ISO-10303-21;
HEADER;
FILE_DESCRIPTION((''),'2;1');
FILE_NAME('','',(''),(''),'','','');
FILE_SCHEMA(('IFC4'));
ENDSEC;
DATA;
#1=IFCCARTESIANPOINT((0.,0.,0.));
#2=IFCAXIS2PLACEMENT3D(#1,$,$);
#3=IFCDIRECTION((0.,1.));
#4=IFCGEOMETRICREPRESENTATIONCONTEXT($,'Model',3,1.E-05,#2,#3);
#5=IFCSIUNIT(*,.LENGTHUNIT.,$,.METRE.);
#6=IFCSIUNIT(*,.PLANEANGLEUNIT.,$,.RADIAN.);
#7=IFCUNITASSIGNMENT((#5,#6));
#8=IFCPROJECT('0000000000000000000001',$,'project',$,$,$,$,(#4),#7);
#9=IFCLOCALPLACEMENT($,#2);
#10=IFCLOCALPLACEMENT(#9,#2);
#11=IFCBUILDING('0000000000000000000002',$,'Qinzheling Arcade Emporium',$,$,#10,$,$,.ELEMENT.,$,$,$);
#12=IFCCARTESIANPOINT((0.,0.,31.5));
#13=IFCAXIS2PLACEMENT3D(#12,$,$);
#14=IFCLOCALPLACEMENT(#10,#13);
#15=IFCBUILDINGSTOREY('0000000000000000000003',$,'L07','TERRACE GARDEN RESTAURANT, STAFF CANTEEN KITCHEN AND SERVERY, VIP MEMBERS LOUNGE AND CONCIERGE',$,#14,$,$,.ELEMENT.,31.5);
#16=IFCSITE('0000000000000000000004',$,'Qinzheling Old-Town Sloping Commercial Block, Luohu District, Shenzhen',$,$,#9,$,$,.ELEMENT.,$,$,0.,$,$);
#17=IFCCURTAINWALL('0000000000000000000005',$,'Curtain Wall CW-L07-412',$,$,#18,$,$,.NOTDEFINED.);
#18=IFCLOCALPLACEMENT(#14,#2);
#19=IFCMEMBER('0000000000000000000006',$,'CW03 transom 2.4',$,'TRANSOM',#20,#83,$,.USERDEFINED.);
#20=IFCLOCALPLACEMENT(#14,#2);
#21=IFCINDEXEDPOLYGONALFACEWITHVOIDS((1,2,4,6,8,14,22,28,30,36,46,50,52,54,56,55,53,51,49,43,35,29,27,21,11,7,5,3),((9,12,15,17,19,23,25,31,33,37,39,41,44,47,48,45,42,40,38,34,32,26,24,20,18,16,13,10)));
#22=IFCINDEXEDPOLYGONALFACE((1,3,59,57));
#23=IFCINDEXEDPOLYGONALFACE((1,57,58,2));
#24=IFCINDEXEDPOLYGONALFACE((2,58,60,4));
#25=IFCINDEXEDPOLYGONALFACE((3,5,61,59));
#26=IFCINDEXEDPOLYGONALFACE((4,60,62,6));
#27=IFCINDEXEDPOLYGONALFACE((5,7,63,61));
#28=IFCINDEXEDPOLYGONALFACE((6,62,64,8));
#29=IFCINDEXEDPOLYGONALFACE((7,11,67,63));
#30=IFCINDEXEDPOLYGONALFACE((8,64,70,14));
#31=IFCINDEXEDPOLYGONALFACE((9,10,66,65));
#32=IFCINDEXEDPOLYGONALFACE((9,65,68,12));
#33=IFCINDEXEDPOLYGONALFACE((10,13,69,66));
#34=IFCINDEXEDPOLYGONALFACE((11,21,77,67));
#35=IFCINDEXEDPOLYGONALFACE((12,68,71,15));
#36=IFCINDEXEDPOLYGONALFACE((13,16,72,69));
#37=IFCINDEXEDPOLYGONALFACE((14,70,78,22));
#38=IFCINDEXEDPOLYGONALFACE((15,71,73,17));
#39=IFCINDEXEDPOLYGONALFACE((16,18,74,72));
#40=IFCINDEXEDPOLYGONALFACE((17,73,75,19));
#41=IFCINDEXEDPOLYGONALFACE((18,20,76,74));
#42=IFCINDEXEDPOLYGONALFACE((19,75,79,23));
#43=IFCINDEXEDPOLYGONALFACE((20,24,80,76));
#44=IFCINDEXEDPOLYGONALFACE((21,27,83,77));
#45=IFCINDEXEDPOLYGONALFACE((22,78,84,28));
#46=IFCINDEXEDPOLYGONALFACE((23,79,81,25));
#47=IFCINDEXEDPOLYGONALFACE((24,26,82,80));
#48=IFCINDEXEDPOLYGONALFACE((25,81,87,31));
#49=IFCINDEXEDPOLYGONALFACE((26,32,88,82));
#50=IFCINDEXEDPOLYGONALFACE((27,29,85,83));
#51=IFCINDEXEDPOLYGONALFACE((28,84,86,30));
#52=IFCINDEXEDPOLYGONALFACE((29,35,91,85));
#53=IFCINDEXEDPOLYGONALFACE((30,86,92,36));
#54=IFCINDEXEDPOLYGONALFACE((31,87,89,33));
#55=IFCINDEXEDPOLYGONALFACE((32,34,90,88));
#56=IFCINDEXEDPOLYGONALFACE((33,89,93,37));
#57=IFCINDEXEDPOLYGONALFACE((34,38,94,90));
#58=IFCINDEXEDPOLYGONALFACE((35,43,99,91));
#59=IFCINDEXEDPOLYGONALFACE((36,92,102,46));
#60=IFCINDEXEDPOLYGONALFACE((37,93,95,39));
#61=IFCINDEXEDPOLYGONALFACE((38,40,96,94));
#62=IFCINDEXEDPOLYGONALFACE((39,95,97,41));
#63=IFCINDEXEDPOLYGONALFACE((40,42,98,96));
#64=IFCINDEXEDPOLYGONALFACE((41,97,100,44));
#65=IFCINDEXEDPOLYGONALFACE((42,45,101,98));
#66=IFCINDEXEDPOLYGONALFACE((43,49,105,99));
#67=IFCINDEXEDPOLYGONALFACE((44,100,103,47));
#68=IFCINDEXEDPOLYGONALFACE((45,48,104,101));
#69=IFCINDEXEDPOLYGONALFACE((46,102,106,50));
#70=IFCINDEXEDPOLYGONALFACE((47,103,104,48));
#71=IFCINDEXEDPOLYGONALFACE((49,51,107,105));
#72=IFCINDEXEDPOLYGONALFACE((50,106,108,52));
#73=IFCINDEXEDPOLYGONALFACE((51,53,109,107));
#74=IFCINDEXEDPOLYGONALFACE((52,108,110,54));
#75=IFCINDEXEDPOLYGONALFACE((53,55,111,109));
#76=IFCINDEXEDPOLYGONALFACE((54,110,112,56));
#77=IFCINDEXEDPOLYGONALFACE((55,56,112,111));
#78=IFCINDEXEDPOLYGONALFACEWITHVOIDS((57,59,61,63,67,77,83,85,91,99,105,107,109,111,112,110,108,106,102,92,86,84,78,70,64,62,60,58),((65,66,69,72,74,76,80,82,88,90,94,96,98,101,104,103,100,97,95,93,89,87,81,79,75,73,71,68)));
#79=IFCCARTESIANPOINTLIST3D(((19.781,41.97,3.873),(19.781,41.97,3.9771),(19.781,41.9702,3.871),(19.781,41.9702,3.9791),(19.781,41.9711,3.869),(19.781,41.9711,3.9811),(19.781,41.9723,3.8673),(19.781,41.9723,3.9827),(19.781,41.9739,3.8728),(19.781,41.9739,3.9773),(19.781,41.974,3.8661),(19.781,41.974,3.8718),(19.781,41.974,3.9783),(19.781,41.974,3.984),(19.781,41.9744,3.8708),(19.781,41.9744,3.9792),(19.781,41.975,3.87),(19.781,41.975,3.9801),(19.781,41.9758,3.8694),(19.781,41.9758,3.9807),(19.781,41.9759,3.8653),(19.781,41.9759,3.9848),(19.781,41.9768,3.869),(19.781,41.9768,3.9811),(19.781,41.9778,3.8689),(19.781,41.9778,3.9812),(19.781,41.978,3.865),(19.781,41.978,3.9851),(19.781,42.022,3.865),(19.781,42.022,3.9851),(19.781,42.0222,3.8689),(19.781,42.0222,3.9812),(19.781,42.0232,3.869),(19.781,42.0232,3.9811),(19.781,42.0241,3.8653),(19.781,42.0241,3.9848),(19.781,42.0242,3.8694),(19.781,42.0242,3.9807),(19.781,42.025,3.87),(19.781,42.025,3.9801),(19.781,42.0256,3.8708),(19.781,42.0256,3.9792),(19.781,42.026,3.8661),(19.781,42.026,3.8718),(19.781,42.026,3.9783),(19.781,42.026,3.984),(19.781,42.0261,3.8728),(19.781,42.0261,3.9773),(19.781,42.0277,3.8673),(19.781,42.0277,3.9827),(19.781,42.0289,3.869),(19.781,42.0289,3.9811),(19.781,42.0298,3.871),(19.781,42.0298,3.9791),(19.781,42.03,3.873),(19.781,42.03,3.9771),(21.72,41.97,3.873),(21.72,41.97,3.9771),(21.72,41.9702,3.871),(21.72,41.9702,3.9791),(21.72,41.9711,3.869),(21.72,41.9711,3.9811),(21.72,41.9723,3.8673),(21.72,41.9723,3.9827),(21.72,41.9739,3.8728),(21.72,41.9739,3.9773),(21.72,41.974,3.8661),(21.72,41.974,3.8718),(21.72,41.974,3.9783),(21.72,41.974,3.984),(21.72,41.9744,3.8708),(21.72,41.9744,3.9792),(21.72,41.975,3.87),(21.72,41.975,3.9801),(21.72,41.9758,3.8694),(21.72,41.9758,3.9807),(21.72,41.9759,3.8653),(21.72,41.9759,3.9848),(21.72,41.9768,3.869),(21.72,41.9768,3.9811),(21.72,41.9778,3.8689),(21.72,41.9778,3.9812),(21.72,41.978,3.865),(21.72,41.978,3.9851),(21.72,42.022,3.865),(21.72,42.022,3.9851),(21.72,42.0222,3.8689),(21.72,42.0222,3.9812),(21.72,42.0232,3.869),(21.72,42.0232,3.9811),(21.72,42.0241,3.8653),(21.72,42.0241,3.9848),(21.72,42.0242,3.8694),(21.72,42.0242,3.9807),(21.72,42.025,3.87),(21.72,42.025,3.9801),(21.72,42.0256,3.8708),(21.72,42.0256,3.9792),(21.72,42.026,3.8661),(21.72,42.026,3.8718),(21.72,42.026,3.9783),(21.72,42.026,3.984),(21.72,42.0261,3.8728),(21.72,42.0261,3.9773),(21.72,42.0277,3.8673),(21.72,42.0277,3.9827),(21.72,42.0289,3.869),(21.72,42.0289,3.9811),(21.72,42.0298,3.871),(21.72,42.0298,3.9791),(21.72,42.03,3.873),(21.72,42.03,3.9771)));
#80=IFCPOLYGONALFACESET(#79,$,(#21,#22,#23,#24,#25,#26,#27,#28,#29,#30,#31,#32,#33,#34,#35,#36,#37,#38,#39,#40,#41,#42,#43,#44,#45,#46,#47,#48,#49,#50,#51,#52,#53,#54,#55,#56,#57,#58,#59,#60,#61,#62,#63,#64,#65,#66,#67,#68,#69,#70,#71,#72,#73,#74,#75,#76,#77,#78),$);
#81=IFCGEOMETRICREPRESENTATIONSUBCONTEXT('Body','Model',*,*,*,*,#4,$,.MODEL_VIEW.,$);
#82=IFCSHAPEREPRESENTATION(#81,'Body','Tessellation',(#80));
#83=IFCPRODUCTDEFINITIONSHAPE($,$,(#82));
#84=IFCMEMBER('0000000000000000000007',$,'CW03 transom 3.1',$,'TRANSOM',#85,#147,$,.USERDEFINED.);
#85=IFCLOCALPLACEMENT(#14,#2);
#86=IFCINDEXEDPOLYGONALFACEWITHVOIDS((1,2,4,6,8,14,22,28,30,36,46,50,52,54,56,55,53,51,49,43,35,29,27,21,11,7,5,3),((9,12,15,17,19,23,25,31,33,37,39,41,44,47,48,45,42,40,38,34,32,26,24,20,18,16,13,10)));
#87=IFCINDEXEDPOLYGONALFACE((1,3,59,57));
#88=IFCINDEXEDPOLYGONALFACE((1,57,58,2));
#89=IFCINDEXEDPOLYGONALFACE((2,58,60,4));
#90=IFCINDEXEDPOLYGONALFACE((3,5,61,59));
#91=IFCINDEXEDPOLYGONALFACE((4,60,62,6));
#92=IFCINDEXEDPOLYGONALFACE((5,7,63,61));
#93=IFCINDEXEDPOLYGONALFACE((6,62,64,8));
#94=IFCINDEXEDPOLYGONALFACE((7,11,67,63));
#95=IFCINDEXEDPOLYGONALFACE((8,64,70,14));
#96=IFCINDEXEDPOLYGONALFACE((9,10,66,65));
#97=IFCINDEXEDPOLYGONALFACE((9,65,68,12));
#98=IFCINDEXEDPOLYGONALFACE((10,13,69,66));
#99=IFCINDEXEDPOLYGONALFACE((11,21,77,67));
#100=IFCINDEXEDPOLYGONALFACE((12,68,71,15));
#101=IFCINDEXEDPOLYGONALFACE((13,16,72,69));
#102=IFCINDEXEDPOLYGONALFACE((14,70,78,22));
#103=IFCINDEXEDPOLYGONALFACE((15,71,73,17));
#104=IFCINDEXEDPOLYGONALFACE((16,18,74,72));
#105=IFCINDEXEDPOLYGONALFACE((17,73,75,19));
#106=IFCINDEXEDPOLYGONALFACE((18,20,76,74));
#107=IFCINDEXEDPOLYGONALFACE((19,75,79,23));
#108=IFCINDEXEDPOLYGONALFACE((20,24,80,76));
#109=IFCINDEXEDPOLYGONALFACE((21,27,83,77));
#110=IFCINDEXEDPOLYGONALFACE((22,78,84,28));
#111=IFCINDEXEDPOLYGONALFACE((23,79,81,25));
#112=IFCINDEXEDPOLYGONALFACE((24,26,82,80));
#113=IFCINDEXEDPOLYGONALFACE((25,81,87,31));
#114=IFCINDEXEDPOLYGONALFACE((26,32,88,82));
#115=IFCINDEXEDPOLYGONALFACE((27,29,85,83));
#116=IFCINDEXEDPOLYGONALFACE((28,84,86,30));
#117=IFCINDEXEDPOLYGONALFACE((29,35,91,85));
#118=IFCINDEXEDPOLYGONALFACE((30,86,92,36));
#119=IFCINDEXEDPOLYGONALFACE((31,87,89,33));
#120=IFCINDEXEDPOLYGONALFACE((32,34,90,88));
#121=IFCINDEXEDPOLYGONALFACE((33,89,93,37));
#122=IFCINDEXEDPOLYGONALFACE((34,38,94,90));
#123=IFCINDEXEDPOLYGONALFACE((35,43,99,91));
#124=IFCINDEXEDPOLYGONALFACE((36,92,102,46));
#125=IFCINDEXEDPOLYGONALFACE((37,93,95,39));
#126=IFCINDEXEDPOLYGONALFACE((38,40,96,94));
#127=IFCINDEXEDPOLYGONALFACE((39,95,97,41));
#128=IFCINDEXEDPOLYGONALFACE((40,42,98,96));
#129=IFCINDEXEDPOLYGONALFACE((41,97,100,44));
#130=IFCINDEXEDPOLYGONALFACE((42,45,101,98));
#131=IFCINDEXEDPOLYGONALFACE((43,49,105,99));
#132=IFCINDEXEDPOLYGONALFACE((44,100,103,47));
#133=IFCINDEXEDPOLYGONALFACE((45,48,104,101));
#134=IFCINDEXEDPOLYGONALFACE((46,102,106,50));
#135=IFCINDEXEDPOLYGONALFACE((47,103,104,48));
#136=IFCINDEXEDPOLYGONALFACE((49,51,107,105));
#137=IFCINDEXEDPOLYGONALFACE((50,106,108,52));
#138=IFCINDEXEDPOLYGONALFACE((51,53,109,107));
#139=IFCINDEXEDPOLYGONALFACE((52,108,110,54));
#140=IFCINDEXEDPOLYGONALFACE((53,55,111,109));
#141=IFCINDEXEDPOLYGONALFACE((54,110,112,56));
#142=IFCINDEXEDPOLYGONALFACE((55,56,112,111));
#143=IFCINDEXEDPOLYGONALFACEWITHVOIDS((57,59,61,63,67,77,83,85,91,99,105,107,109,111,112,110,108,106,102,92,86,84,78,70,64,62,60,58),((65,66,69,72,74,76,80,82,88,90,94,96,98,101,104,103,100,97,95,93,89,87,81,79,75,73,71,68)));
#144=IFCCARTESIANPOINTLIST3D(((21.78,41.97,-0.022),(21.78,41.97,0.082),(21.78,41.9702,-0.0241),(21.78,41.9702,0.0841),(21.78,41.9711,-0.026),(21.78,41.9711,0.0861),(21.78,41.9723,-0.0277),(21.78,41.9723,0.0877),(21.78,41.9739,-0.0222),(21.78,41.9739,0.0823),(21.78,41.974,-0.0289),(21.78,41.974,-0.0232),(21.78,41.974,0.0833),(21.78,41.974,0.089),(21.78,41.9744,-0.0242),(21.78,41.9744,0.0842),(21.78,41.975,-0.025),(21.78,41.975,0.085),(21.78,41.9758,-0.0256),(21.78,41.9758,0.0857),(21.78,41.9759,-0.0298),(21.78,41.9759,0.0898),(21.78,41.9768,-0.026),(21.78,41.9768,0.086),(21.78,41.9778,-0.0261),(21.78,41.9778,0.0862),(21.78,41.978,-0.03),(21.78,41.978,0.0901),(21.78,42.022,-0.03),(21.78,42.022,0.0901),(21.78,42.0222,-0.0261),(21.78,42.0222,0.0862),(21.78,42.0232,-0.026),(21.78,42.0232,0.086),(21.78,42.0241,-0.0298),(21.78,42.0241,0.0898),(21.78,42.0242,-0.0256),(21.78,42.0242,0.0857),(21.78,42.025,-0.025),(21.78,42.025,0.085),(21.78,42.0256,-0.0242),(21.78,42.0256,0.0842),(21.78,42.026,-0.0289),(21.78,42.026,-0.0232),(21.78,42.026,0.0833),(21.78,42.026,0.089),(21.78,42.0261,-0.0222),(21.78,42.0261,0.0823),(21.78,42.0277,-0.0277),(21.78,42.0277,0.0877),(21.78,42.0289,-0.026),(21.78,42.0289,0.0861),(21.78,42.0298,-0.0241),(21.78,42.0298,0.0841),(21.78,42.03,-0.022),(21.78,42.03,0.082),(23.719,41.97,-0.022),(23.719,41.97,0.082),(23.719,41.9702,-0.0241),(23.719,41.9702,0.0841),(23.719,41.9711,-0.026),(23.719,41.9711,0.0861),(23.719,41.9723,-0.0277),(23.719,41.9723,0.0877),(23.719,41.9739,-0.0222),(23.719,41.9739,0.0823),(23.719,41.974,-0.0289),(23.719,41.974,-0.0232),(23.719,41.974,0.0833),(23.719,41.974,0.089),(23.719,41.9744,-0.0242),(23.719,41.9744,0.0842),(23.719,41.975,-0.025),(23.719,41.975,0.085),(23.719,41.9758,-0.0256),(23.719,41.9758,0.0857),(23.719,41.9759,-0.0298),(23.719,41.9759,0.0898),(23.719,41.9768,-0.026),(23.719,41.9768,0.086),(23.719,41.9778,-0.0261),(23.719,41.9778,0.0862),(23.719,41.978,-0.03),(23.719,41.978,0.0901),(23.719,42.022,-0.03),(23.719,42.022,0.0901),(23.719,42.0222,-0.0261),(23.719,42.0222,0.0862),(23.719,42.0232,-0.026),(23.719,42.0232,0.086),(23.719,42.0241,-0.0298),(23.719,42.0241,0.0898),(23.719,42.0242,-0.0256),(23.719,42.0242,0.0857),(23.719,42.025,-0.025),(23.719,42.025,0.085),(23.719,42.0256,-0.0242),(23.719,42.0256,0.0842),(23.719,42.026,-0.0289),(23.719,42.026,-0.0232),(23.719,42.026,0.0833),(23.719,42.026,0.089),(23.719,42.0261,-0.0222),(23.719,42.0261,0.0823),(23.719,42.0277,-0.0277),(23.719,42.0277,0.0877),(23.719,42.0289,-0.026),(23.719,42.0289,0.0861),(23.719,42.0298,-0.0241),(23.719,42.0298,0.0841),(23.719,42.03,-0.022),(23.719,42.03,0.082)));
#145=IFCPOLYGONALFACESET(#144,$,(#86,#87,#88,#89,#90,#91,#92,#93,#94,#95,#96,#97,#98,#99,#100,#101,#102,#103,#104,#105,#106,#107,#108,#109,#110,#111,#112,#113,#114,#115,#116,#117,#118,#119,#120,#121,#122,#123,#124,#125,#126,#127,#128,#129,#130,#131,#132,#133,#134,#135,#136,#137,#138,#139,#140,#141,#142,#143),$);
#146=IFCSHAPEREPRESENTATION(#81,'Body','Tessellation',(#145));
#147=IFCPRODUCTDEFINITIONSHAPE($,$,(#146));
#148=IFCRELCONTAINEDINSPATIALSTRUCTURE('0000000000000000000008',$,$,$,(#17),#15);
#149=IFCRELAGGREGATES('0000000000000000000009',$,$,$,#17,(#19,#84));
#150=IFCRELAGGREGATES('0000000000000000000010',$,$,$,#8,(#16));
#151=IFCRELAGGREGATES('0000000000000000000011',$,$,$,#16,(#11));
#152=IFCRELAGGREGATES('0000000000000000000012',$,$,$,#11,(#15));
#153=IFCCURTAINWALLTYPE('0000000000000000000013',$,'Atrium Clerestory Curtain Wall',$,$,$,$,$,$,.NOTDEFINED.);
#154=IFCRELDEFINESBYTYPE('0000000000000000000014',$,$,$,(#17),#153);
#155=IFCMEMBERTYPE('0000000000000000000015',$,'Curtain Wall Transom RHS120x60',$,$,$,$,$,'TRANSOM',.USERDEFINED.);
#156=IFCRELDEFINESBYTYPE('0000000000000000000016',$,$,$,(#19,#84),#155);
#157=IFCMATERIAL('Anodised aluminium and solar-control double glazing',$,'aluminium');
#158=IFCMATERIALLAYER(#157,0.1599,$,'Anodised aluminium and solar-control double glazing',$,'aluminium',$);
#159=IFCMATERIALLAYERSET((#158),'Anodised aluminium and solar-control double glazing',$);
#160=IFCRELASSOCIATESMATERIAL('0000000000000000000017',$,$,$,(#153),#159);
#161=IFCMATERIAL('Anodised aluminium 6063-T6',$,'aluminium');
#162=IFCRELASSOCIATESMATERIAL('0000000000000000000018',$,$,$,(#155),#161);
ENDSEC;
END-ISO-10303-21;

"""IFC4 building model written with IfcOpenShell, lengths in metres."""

from ifc_helpers import new_model, si_unit, direction, frame, origin, origin_2d, place, context, subcontext, project, spatial, hollow_rectangle, extrude, material, layer, layer_set, material_profile, profile_set, type_object, element, aggregate, save


model = new_model("IFC4")

# Units and contexts
model_context = context("Model", 3, precision=1e-05, world=origin(), true_north=direction((0.0, 1.0)))
body_context = subcontext(model_context, "Body", "Model", "MODEL_VIEW")
ifc_project = project(units=[si_unit("LENGTHUNIT", "METRE"), si_unit("PLANEANGLEUNIT", "RADIAN")], contexts=[model_context])

# Site, building, storey
site_placement = place(None, origin())
site = spatial("IfcSite", under=ifc_project, at=site_placement, Name="Qinzheling Old-Town Sloping Commercial Block, Luohu District, Shenzhen", CompositionType="ELEMENT", RefElevation=0.0)
building_placement = place(site_placement, origin())
building = spatial("IfcBuilding", under=site, at=building_placement, Name="Qinzheling Arcade Emporium", CompositionType="ELEMENT")
storey_placement = place(building_placement, frame((0.0, 0.0, 31.5)))
storey = spatial("IfcBuildingStorey", under=building, at=storey_placement, Name="L07", Description="TERRACE GARDEN RESTAURANT, STAFF CANTEEN KITCHEN AND SERVERY, VIP MEMBERS LOUNGE AND CONCIERGE", CompositionType="ELEMENT", Elevation=31.5)

# Curtain wall, members
ifc_material_1 = material(Name="Anodised aluminium and solar-control double glazing", Category="aluminium")
ifc_layer_1 = layer(ifc_material_1, 0.1599, Name="Anodised aluminium and solar-control double glazing", Category="aluminium")
ifc_layer_set_1 = layer_set([ifc_layer_1], Name="Anodised aluminium and solar-control double glazing")
curtain_wall_type = type_object("IfcCurtainWallType", Name="Atrium Clerestory Curtain Wall", PredefinedType="NOTDEFINED", material=ifc_layer_set_1)
curtain_wall_placement = place(storey_placement, origin())
curtain_wall = element("IfcCurtainWall", 1, at=curtain_wall_placement, inside=storey, type_object=curtain_wall_type, Name="Curtain Wall CW-L07-412", PredefinedType="NOTDEFINED")
ifc_material_2 = material(Name="Anodised aluminium 6063-T6", Category="aluminium")
ifc_material_profile_1 = material_profile(ifc_material_2, hollow_rectangle(XDim=0.0601, YDim=0.1201, WallThickness=0.0039, InnerFilletRadius=0.0039, OuterFilletRadius=0.0081, at=origin_2d()), Name="RHS 120x60x4", Category="aluminium")
ifc_profile_set_1 = profile_set([ifc_material_profile_1], Name="Anodised aluminium 6063-T6")
member_type_1 = type_object("IfcMemberType", Name="Curtain Wall Transom RHS120x60", ElementType="TRANSOM", PredefinedType="USERDEFINED", material=ifc_profile_set_1)
member_1_placement = place(storey_placement, frame((19.781, 42.0, 3.925), z_axis=(1.0, 0.0, 0.0), x_axis=(0.0, 1.0, 0.0)))
member_1 = element("IfcMember", 2, at=member_1_placement, type_object=member_type_1, Name="CW03 transom 2.4", ObjectType="TRANSOM", PredefinedType="USERDEFINED", context=body_context, shape_type="SweptSolid", body=[
    extrude(hollow_rectangle(XDim=0.0601, YDim=0.1201, WallThickness=0.0039, InnerFilletRadius=0.0039, OuterFilletRadius=0.0081, at=origin_2d()), origin(), (0.0, 0.0, 1.0), 1.939),
])
member_2_placement = place(storey_placement, frame((21.78, 42.0, 0.03), z_axis=(1.0, 0.0, 0.0), x_axis=(0.0, 1.0, 0.0)))
member_2 = element("IfcMember", 3, at=member_2_placement, type_object=member_type_1, Name="CW03 transom 3.1", ObjectType="TRANSOM", PredefinedType="USERDEFINED", context=body_context, shape_type="SweptSolid", body=[
    extrude(hollow_rectangle(XDim=0.0601, YDim=0.1201, WallThickness=0.0039, InnerFilletRadius=0.0039, OuterFilletRadius=0.0081, at=origin_2d()), origin(), (0.0, 0.0, 1.0), 1.939),
])
aggregate(curtain_wall, [member_1, member_2])

save(model, "model.ifc")
